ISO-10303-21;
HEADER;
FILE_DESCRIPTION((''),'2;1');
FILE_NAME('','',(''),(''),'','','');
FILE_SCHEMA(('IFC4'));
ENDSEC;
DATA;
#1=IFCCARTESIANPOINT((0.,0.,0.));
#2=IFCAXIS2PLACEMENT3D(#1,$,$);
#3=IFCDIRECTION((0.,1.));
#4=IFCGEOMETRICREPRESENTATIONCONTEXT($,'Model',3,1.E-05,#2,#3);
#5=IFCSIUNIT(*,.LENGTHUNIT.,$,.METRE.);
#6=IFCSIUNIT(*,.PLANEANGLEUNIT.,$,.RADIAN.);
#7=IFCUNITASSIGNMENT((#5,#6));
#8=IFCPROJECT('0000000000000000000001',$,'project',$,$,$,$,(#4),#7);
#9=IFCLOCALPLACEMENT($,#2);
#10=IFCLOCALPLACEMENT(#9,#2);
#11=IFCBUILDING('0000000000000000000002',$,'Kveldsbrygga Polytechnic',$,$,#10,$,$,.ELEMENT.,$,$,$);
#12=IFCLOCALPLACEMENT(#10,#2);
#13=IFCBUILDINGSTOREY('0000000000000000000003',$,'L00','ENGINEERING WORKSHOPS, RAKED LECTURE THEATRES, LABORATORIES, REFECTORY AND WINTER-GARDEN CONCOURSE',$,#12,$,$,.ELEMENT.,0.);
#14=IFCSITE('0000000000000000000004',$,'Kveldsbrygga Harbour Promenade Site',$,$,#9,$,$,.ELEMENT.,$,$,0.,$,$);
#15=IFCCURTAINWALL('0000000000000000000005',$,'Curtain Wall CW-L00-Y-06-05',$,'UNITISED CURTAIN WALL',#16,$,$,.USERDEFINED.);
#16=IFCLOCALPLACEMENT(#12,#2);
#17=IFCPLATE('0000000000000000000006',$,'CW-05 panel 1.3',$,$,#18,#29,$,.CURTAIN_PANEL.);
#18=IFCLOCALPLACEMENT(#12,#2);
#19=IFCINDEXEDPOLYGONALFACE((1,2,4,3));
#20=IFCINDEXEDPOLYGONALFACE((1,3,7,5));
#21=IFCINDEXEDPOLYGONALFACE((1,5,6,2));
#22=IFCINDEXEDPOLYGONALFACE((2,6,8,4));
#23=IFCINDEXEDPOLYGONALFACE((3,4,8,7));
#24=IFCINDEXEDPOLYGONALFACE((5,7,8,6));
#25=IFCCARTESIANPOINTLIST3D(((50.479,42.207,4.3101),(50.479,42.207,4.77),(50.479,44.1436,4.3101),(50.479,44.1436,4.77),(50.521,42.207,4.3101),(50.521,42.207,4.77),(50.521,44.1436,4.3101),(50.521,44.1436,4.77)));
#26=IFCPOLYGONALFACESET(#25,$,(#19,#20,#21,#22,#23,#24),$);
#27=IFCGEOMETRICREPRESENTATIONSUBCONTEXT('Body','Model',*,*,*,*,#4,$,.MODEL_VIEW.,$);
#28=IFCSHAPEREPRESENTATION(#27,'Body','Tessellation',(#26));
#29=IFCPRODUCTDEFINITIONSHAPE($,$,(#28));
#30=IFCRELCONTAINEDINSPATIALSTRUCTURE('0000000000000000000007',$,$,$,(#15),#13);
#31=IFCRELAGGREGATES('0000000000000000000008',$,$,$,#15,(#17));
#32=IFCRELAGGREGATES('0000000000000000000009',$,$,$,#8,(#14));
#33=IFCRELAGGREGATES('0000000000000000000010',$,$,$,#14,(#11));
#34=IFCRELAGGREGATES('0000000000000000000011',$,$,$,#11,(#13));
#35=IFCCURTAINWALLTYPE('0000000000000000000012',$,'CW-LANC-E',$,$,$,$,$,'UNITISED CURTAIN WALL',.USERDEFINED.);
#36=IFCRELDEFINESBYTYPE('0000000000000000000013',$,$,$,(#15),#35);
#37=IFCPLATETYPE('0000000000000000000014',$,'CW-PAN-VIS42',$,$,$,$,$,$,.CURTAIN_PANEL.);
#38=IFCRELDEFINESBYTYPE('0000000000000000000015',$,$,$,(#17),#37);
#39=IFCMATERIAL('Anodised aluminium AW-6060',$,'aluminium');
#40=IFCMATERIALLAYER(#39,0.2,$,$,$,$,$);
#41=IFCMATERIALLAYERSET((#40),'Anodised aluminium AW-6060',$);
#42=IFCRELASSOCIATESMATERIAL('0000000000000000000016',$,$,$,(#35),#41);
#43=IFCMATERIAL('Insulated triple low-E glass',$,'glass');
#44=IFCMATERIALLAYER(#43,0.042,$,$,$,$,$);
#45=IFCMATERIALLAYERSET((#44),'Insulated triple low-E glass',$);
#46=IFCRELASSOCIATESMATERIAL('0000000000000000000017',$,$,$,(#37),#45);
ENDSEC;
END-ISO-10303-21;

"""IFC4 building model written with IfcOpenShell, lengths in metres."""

from ifc_helpers import new_model, si_unit, direction, frame, origin, origin_2d, place, context, subcontext, project, spatial, rectangle, extrude, material, layer, layer_set, type_object, element, aggregate, save


model = new_model("IFC4")

# Units and contexts
model_context = context("Model", 3, precision=1e-05, world=origin(), true_north=direction((0.0, 1.0)))
body_context = subcontext(model_context, "Body", "Model", "MODEL_VIEW")
ifc_project = project(units=[si_unit("LENGTHUNIT", "METRE"), si_unit("PLANEANGLEUNIT", "RADIAN")], contexts=[model_context])

# Site, building, storey
site_placement = place(None, origin())
site = spatial("IfcSite", under=ifc_project, at=site_placement, Name="Kveldsbrygga Harbour Promenade Site", CompositionType="ELEMENT", RefElevation=0.0)
building_placement = place(site_placement, origin())
building = spatial("IfcBuilding", under=site, at=building_placement, Name="Kveldsbrygga Polytechnic", CompositionType="ELEMENT")
storey_placement = place(building_placement, origin())
storey = spatial("IfcBuildingStorey", under=building, at=storey_placement, Name="L00", Description="ENGINEERING WORKSHOPS, RAKED LECTURE THEATRES, LABORATORIES, REFECTORY AND WINTER-GARDEN CONCOURSE", CompositionType="ELEMENT", Elevation=0.0)

# Curtain wall
ifc_material_1 = material(Name="Anodised aluminium AW-6060", Category="aluminium")
ifc_layer_1 = layer(ifc_material_1, 0.2)
ifc_layer_set_1 = layer_set([ifc_layer_1], Name="Anodised aluminium AW-6060")
curtain_wall_type_1 = type_object("IfcCurtainWallType", Name="CW-LANC-E", ElementType="UNITISED CURTAIN WALL", PredefinedType="USERDEFINED", material=ifc_layer_set_1)
curtain_wall_1_placement = place(storey_placement, origin())
curtain_wall_1 = element("IfcCurtainWall", 1, at=curtain_wall_1_placement, inside=storey, type_object=curtain_wall_type_1, Name="Curtain Wall CW-L00-Y-06-05", ObjectType="UNITISED CURTAIN WALL", PredefinedType="USERDEFINED")

# Plate
ifc_material_2 = material(Name="Insulated triple low-E glass", Category="glass")
ifc_layer_2 = layer(ifc_material_2, 0.042)
ifc_layer_set_2 = layer_set([ifc_layer_2], Name="Insulated triple low-E glass")
plate_type_1 = type_object("IfcPlateType", Name="CW-PAN-VIS42", PredefinedType="CURTAIN_PANEL", material=ifc_layer_set_2)
plate_1_placement = place(storey_placement, frame((50.5, 43.1753, 4.3101), z_axis=(0.0, 0.0, 1.0), x_axis=(0.0, 1.0, 0.0)))
plate_1 = element("IfcPlate", 2, at=plate_1_placement, type_object=plate_type_1, Name="CW-05 panel 1.3", PredefinedType="CURTAIN_PANEL", context=body_context, shape_type="SweptSolid", body=[
    extrude(rectangle(XDim=1.9365, YDim=0.042, at=origin_2d()), origin(), (0.0, 0.0, 1.0), 0.46),
])
aggregate(curtain_wall_1, [plate_1])

save(model, "model.ifc")
